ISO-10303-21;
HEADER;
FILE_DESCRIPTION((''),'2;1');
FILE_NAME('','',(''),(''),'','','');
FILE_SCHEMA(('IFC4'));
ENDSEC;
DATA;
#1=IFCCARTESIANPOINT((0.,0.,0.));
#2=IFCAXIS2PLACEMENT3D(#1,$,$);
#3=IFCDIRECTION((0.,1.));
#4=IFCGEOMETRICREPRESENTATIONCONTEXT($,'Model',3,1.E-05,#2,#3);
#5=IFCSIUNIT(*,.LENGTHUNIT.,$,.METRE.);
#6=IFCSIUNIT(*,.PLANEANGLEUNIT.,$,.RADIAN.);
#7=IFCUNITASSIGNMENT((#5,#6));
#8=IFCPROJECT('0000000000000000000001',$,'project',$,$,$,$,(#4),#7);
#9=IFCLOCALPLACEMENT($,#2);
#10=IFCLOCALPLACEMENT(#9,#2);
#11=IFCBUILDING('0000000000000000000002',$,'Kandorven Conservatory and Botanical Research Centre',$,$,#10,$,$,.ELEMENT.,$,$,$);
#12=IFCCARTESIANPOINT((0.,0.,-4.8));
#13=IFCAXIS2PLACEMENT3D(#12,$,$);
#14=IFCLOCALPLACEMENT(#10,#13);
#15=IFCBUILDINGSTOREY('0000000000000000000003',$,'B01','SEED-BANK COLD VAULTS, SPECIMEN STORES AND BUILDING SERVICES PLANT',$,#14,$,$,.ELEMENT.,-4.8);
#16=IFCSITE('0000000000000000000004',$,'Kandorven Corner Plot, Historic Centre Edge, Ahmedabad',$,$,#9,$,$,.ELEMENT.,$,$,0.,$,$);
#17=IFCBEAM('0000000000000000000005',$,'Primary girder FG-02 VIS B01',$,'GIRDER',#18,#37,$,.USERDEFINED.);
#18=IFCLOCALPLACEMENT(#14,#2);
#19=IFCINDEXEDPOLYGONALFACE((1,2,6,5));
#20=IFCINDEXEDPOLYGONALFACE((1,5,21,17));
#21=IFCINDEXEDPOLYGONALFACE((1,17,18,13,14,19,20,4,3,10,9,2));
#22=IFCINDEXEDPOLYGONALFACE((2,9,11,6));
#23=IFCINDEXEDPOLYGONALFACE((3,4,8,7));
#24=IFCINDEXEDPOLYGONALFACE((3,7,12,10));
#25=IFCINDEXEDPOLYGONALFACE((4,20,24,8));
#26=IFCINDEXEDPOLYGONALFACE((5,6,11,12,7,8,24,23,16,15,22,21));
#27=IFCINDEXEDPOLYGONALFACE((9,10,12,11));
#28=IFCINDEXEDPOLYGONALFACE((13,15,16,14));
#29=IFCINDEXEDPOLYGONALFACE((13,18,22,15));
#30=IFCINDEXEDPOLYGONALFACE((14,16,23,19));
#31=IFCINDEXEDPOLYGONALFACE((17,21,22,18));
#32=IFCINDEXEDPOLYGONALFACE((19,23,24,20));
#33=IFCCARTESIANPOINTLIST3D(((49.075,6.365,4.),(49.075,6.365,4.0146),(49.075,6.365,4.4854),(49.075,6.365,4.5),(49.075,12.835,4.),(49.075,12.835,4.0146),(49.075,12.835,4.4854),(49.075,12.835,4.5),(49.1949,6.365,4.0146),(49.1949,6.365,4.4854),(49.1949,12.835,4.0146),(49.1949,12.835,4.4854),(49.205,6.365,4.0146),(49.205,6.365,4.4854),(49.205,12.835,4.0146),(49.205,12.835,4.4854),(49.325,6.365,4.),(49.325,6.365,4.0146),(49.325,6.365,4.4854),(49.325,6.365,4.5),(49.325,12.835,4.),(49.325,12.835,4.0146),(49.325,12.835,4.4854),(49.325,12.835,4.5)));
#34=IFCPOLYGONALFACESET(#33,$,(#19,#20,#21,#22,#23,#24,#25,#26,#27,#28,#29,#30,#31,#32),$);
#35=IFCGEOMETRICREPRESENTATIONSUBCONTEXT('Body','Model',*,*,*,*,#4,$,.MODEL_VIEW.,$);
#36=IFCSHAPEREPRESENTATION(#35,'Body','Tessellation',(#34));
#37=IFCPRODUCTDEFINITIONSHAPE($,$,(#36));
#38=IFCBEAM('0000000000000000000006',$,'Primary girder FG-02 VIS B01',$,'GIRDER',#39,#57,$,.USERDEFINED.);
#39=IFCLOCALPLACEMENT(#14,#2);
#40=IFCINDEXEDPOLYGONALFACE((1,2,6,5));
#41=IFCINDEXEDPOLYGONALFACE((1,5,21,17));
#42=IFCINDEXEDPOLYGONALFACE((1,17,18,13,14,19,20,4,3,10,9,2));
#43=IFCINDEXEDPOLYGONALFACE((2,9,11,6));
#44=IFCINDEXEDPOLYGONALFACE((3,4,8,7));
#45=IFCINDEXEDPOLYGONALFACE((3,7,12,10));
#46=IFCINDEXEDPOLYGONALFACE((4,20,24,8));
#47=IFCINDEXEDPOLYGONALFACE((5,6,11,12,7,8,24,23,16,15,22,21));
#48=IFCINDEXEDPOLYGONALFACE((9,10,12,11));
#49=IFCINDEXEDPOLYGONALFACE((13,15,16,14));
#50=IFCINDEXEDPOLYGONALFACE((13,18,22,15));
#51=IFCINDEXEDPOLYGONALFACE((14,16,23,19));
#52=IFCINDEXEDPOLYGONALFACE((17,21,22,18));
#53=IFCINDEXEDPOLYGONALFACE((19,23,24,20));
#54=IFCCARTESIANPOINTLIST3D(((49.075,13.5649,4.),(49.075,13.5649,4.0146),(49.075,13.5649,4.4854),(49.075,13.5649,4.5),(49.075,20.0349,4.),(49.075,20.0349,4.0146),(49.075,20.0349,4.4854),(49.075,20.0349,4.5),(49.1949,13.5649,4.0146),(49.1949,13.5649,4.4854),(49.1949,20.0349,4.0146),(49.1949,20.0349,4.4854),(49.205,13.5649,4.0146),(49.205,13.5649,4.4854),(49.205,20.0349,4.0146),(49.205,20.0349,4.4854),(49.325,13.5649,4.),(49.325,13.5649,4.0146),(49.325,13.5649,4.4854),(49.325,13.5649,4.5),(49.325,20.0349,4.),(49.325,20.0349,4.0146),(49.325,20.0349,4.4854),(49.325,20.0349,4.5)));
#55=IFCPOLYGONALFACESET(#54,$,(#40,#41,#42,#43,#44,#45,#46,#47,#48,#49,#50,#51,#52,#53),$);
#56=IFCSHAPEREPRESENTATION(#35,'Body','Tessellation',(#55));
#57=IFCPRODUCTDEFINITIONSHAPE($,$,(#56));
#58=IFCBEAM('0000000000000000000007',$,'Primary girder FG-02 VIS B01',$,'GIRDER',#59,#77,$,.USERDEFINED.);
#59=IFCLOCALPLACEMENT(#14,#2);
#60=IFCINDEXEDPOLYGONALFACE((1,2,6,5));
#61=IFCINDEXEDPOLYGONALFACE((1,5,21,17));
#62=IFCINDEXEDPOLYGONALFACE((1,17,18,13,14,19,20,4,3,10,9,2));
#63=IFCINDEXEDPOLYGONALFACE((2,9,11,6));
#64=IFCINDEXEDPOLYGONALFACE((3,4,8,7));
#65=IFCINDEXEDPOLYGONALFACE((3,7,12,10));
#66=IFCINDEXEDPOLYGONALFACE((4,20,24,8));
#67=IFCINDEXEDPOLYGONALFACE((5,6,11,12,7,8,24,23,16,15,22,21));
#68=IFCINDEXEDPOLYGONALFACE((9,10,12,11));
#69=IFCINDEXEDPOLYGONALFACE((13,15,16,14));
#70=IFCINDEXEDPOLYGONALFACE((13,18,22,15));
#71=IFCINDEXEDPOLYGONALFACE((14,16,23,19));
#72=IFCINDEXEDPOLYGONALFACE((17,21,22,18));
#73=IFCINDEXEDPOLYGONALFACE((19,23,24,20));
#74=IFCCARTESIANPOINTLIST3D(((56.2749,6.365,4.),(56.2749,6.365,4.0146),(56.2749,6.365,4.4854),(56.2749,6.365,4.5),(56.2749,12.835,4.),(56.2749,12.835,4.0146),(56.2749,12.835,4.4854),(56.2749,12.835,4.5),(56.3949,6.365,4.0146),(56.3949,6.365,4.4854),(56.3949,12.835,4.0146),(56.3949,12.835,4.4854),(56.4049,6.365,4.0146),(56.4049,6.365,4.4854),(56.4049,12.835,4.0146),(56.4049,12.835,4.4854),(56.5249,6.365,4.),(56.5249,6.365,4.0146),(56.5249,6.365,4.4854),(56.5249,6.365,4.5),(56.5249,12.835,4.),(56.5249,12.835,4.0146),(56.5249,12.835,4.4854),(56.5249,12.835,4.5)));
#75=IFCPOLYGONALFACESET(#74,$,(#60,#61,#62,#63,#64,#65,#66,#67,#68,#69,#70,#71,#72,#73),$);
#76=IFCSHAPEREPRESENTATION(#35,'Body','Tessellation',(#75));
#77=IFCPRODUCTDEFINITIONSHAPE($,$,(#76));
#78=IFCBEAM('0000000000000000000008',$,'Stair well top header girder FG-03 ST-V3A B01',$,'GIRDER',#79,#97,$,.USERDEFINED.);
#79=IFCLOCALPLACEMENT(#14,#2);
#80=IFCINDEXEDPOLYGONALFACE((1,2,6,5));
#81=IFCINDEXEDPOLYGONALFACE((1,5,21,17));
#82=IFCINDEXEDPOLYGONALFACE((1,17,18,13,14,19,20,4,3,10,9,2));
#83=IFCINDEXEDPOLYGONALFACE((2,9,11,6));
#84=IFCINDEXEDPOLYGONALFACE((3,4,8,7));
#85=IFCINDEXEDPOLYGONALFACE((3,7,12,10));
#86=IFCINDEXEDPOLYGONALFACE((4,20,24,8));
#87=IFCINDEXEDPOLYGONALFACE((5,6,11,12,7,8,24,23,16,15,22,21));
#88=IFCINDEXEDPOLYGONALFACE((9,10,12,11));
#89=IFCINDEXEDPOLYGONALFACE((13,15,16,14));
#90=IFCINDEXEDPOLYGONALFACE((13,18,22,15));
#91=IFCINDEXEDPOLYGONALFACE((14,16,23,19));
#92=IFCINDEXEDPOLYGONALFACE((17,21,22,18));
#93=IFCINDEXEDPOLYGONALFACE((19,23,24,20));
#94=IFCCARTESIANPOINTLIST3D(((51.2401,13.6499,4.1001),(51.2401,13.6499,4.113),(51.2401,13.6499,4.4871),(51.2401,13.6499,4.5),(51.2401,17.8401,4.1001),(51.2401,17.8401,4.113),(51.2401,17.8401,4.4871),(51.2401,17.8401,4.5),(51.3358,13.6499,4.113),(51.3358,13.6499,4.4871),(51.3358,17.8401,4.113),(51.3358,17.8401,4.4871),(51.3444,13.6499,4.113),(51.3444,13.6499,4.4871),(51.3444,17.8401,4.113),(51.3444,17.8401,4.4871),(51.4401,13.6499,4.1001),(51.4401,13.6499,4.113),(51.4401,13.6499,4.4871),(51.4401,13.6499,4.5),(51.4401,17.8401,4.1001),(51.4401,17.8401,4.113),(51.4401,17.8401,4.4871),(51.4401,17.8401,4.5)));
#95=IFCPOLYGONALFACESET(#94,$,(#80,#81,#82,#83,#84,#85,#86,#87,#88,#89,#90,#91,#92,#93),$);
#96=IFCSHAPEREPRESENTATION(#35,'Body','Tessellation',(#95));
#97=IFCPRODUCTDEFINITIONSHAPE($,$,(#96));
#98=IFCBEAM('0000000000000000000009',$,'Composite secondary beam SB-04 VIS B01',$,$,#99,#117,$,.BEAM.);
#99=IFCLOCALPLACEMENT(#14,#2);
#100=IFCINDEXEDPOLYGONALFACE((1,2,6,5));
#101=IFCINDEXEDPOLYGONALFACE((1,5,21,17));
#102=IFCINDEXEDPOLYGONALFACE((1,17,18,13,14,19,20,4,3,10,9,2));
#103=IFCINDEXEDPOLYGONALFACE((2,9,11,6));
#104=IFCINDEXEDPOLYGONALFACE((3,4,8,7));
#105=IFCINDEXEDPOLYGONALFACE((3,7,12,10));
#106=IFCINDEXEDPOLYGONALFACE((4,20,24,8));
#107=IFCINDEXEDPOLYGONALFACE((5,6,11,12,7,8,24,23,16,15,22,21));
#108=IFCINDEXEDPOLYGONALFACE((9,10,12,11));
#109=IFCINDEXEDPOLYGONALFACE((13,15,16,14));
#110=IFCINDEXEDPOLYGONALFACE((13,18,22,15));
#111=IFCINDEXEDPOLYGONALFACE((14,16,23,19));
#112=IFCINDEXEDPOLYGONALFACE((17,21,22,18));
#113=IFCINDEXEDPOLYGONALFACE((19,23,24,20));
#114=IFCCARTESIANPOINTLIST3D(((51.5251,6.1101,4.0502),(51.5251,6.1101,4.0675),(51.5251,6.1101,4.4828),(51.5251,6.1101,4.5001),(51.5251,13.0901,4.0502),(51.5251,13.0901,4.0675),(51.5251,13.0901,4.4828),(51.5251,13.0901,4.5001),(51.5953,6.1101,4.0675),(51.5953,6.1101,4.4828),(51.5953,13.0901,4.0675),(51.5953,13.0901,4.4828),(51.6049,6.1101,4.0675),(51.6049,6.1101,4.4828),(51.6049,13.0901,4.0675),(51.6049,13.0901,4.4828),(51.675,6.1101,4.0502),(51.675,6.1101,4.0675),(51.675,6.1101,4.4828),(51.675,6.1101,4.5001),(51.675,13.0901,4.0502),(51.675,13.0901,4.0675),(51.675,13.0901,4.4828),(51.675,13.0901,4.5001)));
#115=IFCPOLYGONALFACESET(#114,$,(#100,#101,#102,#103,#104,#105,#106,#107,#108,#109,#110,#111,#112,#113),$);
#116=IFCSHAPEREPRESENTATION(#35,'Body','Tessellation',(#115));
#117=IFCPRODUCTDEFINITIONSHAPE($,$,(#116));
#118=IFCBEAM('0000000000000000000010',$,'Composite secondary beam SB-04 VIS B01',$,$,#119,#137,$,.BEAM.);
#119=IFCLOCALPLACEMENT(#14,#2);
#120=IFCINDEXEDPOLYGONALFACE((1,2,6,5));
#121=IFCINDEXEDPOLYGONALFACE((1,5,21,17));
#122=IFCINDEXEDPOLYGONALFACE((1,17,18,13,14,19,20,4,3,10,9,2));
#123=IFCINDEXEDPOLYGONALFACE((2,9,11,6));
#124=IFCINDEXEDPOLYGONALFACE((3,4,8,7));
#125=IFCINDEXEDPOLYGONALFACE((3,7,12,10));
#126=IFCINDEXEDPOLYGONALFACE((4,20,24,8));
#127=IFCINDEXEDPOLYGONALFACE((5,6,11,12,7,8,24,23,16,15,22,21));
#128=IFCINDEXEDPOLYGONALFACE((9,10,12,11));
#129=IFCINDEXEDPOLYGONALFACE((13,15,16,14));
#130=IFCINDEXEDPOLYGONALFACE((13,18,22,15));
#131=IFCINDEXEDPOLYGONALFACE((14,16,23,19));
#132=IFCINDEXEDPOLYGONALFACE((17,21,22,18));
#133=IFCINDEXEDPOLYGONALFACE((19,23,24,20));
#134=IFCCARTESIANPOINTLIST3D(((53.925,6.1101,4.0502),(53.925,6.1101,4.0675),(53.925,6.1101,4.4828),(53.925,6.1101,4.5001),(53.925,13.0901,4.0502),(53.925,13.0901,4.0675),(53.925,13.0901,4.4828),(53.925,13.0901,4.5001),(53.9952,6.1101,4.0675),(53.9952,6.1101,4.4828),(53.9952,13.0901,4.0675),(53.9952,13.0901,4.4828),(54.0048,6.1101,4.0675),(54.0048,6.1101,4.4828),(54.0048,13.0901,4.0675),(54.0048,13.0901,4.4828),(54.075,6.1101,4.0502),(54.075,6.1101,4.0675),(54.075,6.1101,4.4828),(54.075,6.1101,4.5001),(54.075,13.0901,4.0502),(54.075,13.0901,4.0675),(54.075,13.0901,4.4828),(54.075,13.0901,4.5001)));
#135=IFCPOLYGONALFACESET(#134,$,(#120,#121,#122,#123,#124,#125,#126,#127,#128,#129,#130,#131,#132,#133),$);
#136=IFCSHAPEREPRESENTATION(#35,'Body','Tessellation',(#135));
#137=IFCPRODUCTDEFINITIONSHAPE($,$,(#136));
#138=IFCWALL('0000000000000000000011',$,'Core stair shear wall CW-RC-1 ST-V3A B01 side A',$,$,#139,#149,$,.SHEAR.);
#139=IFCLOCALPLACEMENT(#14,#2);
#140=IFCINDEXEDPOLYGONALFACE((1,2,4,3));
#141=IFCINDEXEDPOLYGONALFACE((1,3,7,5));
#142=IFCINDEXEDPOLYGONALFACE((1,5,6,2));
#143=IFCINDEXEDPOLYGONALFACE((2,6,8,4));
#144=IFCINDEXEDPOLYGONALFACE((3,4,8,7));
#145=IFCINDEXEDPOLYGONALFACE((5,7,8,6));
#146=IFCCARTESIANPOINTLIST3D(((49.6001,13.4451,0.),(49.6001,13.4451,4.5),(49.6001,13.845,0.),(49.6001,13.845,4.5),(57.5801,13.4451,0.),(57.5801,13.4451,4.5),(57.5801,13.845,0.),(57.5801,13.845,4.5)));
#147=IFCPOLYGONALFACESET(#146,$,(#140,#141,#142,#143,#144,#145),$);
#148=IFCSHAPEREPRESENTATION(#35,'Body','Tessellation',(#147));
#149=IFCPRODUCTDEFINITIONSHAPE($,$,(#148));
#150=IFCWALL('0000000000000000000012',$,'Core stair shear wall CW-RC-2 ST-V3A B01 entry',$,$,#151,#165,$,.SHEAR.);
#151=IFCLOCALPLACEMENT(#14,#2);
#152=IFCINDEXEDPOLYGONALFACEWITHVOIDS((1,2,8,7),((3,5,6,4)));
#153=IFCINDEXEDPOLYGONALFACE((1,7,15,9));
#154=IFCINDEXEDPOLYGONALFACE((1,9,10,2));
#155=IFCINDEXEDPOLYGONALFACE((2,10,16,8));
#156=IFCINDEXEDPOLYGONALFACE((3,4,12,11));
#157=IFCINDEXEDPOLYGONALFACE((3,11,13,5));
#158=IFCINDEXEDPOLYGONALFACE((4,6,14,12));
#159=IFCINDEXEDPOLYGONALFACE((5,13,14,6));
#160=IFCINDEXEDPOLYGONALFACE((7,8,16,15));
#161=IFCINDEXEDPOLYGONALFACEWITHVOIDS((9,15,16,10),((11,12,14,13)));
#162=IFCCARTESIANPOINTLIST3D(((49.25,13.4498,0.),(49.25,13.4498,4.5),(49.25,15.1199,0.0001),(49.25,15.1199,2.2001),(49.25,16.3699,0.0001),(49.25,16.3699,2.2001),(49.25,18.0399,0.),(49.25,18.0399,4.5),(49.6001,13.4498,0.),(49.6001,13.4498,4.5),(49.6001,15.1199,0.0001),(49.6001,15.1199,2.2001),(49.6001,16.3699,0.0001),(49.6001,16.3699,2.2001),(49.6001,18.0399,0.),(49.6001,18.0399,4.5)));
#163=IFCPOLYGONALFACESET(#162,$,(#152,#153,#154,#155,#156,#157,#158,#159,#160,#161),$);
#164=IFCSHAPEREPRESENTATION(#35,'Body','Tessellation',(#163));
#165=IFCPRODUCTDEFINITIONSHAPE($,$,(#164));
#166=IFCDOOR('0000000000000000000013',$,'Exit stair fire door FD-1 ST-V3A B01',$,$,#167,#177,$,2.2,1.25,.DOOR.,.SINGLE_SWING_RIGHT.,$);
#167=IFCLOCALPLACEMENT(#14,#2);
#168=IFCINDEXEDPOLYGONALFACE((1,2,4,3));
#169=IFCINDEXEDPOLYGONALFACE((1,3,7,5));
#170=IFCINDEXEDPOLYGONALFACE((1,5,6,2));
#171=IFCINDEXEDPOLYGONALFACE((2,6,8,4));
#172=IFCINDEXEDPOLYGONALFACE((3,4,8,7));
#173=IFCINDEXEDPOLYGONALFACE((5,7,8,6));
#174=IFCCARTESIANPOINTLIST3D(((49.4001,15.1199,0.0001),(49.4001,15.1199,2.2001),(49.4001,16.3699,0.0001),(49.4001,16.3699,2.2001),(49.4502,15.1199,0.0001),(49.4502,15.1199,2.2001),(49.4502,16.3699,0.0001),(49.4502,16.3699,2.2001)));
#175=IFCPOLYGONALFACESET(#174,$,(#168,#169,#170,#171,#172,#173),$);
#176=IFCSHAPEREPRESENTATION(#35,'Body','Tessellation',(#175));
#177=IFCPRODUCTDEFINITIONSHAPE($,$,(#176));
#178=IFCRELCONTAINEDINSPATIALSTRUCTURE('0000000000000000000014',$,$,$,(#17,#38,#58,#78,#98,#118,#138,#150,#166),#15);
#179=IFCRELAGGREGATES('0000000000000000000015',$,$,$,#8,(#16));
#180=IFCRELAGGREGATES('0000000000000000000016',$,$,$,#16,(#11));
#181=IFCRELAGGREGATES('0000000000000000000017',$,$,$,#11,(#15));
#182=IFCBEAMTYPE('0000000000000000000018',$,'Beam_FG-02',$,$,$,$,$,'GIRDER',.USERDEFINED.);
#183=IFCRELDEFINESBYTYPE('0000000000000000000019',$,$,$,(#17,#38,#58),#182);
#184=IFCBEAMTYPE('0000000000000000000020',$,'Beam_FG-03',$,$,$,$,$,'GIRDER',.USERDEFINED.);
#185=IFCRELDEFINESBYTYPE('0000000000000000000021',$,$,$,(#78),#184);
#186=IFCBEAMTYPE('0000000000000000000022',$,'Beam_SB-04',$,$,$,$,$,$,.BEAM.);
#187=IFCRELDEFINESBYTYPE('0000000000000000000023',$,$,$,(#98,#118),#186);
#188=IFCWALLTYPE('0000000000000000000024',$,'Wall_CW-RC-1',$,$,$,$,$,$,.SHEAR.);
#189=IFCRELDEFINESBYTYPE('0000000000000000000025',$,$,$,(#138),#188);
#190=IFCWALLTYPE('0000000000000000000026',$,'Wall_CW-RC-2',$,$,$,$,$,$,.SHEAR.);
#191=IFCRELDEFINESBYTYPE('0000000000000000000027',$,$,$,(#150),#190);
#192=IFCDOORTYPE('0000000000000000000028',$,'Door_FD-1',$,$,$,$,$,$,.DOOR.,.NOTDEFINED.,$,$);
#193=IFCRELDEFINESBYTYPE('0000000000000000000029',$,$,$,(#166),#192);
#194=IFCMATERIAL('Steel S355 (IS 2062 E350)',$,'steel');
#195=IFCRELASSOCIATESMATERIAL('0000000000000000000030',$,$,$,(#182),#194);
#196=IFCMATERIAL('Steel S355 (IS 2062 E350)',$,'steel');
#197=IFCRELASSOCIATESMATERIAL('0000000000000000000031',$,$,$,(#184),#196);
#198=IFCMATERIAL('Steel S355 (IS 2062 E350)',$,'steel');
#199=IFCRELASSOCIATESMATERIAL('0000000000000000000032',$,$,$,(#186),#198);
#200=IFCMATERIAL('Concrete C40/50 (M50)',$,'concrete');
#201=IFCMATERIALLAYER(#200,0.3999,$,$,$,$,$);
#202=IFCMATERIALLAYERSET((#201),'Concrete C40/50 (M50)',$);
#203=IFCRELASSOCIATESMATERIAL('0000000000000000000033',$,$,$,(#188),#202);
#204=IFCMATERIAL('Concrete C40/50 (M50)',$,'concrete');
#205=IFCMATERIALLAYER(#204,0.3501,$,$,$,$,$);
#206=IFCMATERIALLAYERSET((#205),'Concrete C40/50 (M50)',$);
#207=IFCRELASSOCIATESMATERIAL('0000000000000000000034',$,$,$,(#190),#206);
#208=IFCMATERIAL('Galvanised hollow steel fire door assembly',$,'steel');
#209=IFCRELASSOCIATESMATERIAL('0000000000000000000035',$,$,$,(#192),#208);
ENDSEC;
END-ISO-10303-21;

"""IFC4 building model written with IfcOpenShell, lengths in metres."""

from ifc_helpers import new_model, si_unit, direction, frame, frame_2d, origin, origin_2d, place, context, subcontext, project, spatial, rectangle, i_section, extrude, material, layer, layer_set, material_profile, profile_set, type_object, element, fill, save


model = new_model("IFC4")

# Units and contexts
model_context = context("Model", 3, precision=1e-05, world=origin(), true_north=direction((0.0, 1.0)))
body_context = subcontext(model_context, "Body", "Model", "MODEL_VIEW")
ifc_project = project(units=[si_unit("LENGTHUNIT", "METRE"), si_unit("PLANEANGLEUNIT", "RADIAN")], contexts=[model_context])

# Site, building, storey
site_placement = place(None, origin())
site = spatial("IfcSite", under=ifc_project, at=site_placement, Name="Kandorven Corner Plot, Historic Centre Edge, Ahmedabad", CompositionType="ELEMENT", RefElevation=0.0)
building_placement = place(site_placement, origin())
building = spatial("IfcBuilding", under=site, at=building_placement, Name="Kandorven Conservatory and Botanical Research Centre", CompositionType="ELEMENT")
storey_placement = place(building_placement, frame((0.0, 0.0, -4.8)))
storey = spatial("IfcBuildingStorey", under=building, at=storey_placement, Name="B01", Description="SEED-BANK COLD VAULTS, SPECIMEN STORES AND BUILDING SERVICES PLANT", CompositionType="ELEMENT", Elevation=-4.8)

# Beams
ifc_material_1 = material(Name="Steel S355 (IS 2062 E350)", Category="steel")
ifc_material_profile_1 = material_profile(ifc_material_1, i_section(OverallWidth=0.25, OverallDepth=0.5, WebThickness=0.01, FlangeThickness=0.0146, at=origin_2d()))
ifc_profile_set_1 = profile_set([ifc_material_profile_1], Name="Steel S355 (IS 2062 E350)")
beam_type_1 = type_object("IfcBeamType", Name="Beam_FG-02", ElementType="GIRDER", PredefinedType="USERDEFINED", material=ifc_profile_set_1)
for number, where, z_axis, x_axis, name in (
    (1, (49.2, 6.365, 4.25), (0.0, 1.0, 0.0), (-1.0, 0.0, 0.0), "Primary girder FG-02 VIS B01"),
    (2, (49.2, 13.5649, 4.25), (0.0, 1.0, 0.0), (-1.0, 0.0, 0.0), "Primary girder FG-02 VIS B01"),
    (3, (56.3999, 6.365, 4.25), (0.0, 1.0, 0.0), (-1.0, 0.0, 0.0), "Primary girder FG-02 VIS B01"),
):
    element("IfcBeam", number, at=place(storey_placement, frame(where, z_axis=z_axis, x_axis=x_axis)), inside=storey, type_object=beam_type_1, Name=name, ObjectType="GIRDER", PredefinedType="USERDEFINED", context=body_context, shape_type="SweptSolid", body=[
        extrude(i_section(OverallWidth=0.25, OverallDepth=0.5, WebThickness=0.01, FlangeThickness=0.0146, at=origin_2d()), origin(), (0.0, 0.0, 1.0), 6.47),
    ])
ifc_material_2 = material(Name="Steel S355 (IS 2062 E350)", Category="steel")
ifc_material_profile_2 = material_profile(ifc_material_2, i_section(OverallWidth=0.2, OverallDepth=0.3999, WebThickness=0.0085, FlangeThickness=0.0129, at=origin_2d()))
ifc_profile_set_2 = profile_set([ifc_material_profile_2], Name="Steel S355 (IS 2062 E350)")
beam_type_2 = type_object("IfcBeamType", Name="Beam_FG-03", ElementType="GIRDER", PredefinedType="USERDEFINED", material=ifc_profile_set_2)
beam_1_placement = place(storey_placement, frame((51.3401, 13.6499, 4.3), z_axis=(0.0, 1.0, 0.0), x_axis=(-1.0, 0.0, 0.0)))
element("IfcBeam", 4, at=beam_1_placement, inside=storey, type_object=beam_type_2, Name="Stair well top header girder FG-03 ST-V3A B01", ObjectType="GIRDER", PredefinedType="USERDEFINED", context=body_context, shape_type="SweptSolid", body=[
    extrude(i_section(OverallWidth=0.2, OverallDepth=0.3999, WebThickness=0.0085, FlangeThickness=0.0129, at=origin_2d()), origin(), (0.0, 0.0, 1.0), 4.1902),
])
ifc_material_3 = material(Name="Steel S355 (IS 2062 E350)", Category="steel")
ifc_material_profile_3 = material_profile(ifc_material_3, i_section(OverallWidth=0.1499, OverallDepth=0.45, WebThickness=0.0095, FlangeThickness=0.0173, at=origin_2d()))
ifc_profile_set_3 = profile_set([ifc_material_profile_3], Name="Steel S355 (IS 2062 E350)")
beam_type_3 = type_object("IfcBeamType", Name="Beam_SB-04", PredefinedType="BEAM", material=ifc_profile_set_3)
for number, where, z_axis, x_axis, name in (
    (5, (51.6001, 6.1101, 4.2751), (0.0, 1.0, 0.0), (-1.0, 0.0, 0.0), "Composite secondary beam SB-04 VIS B01"),
    (6, (54.0, 6.1101, 4.2751), (0.0, 1.0, 0.0), (-1.0, 0.0, 0.0), "Composite secondary beam SB-04 VIS B01"),
):
    element("IfcBeam", number, at=place(storey_placement, frame(where, z_axis=z_axis, x_axis=x_axis)), inside=storey, type_object=beam_type_3, Name=name, PredefinedType="BEAM", context=body_context, shape_type="SweptSolid", body=[
        extrude(i_section(OverallWidth=0.1499, OverallDepth=0.45, WebThickness=0.0095, FlangeThickness=0.0173, at=origin_2d()), origin(), (0.0, 0.0, 1.0), 6.98),
    ])

# Wall
ifc_material_4 = material(Name="Concrete C40/50 (M50)", Category="concrete")
ifc_layer_1 = layer(ifc_material_4, 0.3999)
ifc_layer_set_1 = layer_set([ifc_layer_1], Name="Concrete C40/50 (M50)")
wall_type_1 = type_object("IfcWallType", Name="Wall_CW-RC-1", PredefinedType="SHEAR", material=ifc_layer_set_1)
wall_1_placement = place(storey_placement, frame((49.6001, 13.645, 0.0), z_axis=(0.0, 0.0, 1.0), x_axis=(1.0, 0.0, 0.0)))
element("IfcWall", 7, at=wall_1_placement, inside=storey, type_object=wall_type_1, Name="Core stair shear wall CW-RC-1 ST-V3A B01 side A", PredefinedType="SHEAR", context=body_context, shape_type="SweptSolid", body=[
    extrude(rectangle(XDim=7.98, YDim=0.3999, at=frame_2d((3.99, 0.0))), origin(), (0.0, 0.0, 1.0), 4.5),
])

# Wall, opening, door
ifc_material_5 = material(Name="Concrete C40/50 (M50)", Category="concrete")
ifc_layer_2 = layer(ifc_material_5, 0.3501)
ifc_layer_set_2 = layer_set([ifc_layer_2], Name="Concrete C40/50 (M50)")
wall_type_2 = type_object("IfcWallType", Name="Wall_CW-RC-2", PredefinedType="SHEAR", material=ifc_layer_set_2)
wall_2_placement = place(storey_placement, frame((49.425, 13.45, 0.0), z_axis=(0.0, 0.0, 1.0), x_axis=(0.0, 1.0, 0.0)))
wall_2 = element("IfcWall", 8, at=wall_2_placement, inside=storey, type_object=wall_type_2, Name="Core stair shear wall CW-RC-2 ST-V3A B01 entry", PredefinedType="SHEAR", context=body_context, shape_type="SweptSolid", body=[
    extrude(rectangle(XDim=4.5901, YDim=0.3501, at=frame_2d((2.2949, 0.0))), origin(), (0.0, 0.0, 1.0), 4.5),
])
opening_placement = place(wall_2_placement, frame((1.6699, 0.0, 0.0)))
opening = element("IfcOpeningElement", 9, at=opening_placement, cuts=wall_2, PredefinedType="OPENING", context=body_context, shape_type="SweptSolid", body=[
    extrude(rectangle(XDim=1.25, YDim=2.2, at=frame_2d((0.625, 1.1001))), frame((0.0, 0.1851, 0.0), z_axis=(0.0, -1.0, 0.0), x_axis=(1.0, 0.0, 0.0)), (0.0, 0.0, 1.0), 0.3701),
])
ifc_material_6 = material(Name="Galvanised hollow steel fire door assembly", Category="steel")
door_type = type_object("IfcDoorType", Name="Door_FD-1", OperationType="NOTDEFINED", PredefinedType="DOOR", material=ifc_material_6)
door_placement = place(opening_placement, origin())
door = element("IfcDoor", 10, at=door_placement, inside=storey, type_object=door_type, Name="Exit stair fire door FD-1 ST-V3A B01", OperationType="SINGLE_SWING_RIGHT", OverallHeight=2.2, OverallWidth=1.25, PredefinedType="DOOR", context=body_context, shape_type="SweptSolid", body=[
    extrude(rectangle(XDim=1.25, YDim=2.2, at=frame_2d((0.625, 1.1001))), frame((0.0, 0.0249, 0.0), z_axis=(0.0, -1.0, 0.0), x_axis=(1.0, 0.0, 0.0)), (0.0, 0.0, 1.0), 0.05),
])
fill(opening, door)

save(model, "model.ifc")
